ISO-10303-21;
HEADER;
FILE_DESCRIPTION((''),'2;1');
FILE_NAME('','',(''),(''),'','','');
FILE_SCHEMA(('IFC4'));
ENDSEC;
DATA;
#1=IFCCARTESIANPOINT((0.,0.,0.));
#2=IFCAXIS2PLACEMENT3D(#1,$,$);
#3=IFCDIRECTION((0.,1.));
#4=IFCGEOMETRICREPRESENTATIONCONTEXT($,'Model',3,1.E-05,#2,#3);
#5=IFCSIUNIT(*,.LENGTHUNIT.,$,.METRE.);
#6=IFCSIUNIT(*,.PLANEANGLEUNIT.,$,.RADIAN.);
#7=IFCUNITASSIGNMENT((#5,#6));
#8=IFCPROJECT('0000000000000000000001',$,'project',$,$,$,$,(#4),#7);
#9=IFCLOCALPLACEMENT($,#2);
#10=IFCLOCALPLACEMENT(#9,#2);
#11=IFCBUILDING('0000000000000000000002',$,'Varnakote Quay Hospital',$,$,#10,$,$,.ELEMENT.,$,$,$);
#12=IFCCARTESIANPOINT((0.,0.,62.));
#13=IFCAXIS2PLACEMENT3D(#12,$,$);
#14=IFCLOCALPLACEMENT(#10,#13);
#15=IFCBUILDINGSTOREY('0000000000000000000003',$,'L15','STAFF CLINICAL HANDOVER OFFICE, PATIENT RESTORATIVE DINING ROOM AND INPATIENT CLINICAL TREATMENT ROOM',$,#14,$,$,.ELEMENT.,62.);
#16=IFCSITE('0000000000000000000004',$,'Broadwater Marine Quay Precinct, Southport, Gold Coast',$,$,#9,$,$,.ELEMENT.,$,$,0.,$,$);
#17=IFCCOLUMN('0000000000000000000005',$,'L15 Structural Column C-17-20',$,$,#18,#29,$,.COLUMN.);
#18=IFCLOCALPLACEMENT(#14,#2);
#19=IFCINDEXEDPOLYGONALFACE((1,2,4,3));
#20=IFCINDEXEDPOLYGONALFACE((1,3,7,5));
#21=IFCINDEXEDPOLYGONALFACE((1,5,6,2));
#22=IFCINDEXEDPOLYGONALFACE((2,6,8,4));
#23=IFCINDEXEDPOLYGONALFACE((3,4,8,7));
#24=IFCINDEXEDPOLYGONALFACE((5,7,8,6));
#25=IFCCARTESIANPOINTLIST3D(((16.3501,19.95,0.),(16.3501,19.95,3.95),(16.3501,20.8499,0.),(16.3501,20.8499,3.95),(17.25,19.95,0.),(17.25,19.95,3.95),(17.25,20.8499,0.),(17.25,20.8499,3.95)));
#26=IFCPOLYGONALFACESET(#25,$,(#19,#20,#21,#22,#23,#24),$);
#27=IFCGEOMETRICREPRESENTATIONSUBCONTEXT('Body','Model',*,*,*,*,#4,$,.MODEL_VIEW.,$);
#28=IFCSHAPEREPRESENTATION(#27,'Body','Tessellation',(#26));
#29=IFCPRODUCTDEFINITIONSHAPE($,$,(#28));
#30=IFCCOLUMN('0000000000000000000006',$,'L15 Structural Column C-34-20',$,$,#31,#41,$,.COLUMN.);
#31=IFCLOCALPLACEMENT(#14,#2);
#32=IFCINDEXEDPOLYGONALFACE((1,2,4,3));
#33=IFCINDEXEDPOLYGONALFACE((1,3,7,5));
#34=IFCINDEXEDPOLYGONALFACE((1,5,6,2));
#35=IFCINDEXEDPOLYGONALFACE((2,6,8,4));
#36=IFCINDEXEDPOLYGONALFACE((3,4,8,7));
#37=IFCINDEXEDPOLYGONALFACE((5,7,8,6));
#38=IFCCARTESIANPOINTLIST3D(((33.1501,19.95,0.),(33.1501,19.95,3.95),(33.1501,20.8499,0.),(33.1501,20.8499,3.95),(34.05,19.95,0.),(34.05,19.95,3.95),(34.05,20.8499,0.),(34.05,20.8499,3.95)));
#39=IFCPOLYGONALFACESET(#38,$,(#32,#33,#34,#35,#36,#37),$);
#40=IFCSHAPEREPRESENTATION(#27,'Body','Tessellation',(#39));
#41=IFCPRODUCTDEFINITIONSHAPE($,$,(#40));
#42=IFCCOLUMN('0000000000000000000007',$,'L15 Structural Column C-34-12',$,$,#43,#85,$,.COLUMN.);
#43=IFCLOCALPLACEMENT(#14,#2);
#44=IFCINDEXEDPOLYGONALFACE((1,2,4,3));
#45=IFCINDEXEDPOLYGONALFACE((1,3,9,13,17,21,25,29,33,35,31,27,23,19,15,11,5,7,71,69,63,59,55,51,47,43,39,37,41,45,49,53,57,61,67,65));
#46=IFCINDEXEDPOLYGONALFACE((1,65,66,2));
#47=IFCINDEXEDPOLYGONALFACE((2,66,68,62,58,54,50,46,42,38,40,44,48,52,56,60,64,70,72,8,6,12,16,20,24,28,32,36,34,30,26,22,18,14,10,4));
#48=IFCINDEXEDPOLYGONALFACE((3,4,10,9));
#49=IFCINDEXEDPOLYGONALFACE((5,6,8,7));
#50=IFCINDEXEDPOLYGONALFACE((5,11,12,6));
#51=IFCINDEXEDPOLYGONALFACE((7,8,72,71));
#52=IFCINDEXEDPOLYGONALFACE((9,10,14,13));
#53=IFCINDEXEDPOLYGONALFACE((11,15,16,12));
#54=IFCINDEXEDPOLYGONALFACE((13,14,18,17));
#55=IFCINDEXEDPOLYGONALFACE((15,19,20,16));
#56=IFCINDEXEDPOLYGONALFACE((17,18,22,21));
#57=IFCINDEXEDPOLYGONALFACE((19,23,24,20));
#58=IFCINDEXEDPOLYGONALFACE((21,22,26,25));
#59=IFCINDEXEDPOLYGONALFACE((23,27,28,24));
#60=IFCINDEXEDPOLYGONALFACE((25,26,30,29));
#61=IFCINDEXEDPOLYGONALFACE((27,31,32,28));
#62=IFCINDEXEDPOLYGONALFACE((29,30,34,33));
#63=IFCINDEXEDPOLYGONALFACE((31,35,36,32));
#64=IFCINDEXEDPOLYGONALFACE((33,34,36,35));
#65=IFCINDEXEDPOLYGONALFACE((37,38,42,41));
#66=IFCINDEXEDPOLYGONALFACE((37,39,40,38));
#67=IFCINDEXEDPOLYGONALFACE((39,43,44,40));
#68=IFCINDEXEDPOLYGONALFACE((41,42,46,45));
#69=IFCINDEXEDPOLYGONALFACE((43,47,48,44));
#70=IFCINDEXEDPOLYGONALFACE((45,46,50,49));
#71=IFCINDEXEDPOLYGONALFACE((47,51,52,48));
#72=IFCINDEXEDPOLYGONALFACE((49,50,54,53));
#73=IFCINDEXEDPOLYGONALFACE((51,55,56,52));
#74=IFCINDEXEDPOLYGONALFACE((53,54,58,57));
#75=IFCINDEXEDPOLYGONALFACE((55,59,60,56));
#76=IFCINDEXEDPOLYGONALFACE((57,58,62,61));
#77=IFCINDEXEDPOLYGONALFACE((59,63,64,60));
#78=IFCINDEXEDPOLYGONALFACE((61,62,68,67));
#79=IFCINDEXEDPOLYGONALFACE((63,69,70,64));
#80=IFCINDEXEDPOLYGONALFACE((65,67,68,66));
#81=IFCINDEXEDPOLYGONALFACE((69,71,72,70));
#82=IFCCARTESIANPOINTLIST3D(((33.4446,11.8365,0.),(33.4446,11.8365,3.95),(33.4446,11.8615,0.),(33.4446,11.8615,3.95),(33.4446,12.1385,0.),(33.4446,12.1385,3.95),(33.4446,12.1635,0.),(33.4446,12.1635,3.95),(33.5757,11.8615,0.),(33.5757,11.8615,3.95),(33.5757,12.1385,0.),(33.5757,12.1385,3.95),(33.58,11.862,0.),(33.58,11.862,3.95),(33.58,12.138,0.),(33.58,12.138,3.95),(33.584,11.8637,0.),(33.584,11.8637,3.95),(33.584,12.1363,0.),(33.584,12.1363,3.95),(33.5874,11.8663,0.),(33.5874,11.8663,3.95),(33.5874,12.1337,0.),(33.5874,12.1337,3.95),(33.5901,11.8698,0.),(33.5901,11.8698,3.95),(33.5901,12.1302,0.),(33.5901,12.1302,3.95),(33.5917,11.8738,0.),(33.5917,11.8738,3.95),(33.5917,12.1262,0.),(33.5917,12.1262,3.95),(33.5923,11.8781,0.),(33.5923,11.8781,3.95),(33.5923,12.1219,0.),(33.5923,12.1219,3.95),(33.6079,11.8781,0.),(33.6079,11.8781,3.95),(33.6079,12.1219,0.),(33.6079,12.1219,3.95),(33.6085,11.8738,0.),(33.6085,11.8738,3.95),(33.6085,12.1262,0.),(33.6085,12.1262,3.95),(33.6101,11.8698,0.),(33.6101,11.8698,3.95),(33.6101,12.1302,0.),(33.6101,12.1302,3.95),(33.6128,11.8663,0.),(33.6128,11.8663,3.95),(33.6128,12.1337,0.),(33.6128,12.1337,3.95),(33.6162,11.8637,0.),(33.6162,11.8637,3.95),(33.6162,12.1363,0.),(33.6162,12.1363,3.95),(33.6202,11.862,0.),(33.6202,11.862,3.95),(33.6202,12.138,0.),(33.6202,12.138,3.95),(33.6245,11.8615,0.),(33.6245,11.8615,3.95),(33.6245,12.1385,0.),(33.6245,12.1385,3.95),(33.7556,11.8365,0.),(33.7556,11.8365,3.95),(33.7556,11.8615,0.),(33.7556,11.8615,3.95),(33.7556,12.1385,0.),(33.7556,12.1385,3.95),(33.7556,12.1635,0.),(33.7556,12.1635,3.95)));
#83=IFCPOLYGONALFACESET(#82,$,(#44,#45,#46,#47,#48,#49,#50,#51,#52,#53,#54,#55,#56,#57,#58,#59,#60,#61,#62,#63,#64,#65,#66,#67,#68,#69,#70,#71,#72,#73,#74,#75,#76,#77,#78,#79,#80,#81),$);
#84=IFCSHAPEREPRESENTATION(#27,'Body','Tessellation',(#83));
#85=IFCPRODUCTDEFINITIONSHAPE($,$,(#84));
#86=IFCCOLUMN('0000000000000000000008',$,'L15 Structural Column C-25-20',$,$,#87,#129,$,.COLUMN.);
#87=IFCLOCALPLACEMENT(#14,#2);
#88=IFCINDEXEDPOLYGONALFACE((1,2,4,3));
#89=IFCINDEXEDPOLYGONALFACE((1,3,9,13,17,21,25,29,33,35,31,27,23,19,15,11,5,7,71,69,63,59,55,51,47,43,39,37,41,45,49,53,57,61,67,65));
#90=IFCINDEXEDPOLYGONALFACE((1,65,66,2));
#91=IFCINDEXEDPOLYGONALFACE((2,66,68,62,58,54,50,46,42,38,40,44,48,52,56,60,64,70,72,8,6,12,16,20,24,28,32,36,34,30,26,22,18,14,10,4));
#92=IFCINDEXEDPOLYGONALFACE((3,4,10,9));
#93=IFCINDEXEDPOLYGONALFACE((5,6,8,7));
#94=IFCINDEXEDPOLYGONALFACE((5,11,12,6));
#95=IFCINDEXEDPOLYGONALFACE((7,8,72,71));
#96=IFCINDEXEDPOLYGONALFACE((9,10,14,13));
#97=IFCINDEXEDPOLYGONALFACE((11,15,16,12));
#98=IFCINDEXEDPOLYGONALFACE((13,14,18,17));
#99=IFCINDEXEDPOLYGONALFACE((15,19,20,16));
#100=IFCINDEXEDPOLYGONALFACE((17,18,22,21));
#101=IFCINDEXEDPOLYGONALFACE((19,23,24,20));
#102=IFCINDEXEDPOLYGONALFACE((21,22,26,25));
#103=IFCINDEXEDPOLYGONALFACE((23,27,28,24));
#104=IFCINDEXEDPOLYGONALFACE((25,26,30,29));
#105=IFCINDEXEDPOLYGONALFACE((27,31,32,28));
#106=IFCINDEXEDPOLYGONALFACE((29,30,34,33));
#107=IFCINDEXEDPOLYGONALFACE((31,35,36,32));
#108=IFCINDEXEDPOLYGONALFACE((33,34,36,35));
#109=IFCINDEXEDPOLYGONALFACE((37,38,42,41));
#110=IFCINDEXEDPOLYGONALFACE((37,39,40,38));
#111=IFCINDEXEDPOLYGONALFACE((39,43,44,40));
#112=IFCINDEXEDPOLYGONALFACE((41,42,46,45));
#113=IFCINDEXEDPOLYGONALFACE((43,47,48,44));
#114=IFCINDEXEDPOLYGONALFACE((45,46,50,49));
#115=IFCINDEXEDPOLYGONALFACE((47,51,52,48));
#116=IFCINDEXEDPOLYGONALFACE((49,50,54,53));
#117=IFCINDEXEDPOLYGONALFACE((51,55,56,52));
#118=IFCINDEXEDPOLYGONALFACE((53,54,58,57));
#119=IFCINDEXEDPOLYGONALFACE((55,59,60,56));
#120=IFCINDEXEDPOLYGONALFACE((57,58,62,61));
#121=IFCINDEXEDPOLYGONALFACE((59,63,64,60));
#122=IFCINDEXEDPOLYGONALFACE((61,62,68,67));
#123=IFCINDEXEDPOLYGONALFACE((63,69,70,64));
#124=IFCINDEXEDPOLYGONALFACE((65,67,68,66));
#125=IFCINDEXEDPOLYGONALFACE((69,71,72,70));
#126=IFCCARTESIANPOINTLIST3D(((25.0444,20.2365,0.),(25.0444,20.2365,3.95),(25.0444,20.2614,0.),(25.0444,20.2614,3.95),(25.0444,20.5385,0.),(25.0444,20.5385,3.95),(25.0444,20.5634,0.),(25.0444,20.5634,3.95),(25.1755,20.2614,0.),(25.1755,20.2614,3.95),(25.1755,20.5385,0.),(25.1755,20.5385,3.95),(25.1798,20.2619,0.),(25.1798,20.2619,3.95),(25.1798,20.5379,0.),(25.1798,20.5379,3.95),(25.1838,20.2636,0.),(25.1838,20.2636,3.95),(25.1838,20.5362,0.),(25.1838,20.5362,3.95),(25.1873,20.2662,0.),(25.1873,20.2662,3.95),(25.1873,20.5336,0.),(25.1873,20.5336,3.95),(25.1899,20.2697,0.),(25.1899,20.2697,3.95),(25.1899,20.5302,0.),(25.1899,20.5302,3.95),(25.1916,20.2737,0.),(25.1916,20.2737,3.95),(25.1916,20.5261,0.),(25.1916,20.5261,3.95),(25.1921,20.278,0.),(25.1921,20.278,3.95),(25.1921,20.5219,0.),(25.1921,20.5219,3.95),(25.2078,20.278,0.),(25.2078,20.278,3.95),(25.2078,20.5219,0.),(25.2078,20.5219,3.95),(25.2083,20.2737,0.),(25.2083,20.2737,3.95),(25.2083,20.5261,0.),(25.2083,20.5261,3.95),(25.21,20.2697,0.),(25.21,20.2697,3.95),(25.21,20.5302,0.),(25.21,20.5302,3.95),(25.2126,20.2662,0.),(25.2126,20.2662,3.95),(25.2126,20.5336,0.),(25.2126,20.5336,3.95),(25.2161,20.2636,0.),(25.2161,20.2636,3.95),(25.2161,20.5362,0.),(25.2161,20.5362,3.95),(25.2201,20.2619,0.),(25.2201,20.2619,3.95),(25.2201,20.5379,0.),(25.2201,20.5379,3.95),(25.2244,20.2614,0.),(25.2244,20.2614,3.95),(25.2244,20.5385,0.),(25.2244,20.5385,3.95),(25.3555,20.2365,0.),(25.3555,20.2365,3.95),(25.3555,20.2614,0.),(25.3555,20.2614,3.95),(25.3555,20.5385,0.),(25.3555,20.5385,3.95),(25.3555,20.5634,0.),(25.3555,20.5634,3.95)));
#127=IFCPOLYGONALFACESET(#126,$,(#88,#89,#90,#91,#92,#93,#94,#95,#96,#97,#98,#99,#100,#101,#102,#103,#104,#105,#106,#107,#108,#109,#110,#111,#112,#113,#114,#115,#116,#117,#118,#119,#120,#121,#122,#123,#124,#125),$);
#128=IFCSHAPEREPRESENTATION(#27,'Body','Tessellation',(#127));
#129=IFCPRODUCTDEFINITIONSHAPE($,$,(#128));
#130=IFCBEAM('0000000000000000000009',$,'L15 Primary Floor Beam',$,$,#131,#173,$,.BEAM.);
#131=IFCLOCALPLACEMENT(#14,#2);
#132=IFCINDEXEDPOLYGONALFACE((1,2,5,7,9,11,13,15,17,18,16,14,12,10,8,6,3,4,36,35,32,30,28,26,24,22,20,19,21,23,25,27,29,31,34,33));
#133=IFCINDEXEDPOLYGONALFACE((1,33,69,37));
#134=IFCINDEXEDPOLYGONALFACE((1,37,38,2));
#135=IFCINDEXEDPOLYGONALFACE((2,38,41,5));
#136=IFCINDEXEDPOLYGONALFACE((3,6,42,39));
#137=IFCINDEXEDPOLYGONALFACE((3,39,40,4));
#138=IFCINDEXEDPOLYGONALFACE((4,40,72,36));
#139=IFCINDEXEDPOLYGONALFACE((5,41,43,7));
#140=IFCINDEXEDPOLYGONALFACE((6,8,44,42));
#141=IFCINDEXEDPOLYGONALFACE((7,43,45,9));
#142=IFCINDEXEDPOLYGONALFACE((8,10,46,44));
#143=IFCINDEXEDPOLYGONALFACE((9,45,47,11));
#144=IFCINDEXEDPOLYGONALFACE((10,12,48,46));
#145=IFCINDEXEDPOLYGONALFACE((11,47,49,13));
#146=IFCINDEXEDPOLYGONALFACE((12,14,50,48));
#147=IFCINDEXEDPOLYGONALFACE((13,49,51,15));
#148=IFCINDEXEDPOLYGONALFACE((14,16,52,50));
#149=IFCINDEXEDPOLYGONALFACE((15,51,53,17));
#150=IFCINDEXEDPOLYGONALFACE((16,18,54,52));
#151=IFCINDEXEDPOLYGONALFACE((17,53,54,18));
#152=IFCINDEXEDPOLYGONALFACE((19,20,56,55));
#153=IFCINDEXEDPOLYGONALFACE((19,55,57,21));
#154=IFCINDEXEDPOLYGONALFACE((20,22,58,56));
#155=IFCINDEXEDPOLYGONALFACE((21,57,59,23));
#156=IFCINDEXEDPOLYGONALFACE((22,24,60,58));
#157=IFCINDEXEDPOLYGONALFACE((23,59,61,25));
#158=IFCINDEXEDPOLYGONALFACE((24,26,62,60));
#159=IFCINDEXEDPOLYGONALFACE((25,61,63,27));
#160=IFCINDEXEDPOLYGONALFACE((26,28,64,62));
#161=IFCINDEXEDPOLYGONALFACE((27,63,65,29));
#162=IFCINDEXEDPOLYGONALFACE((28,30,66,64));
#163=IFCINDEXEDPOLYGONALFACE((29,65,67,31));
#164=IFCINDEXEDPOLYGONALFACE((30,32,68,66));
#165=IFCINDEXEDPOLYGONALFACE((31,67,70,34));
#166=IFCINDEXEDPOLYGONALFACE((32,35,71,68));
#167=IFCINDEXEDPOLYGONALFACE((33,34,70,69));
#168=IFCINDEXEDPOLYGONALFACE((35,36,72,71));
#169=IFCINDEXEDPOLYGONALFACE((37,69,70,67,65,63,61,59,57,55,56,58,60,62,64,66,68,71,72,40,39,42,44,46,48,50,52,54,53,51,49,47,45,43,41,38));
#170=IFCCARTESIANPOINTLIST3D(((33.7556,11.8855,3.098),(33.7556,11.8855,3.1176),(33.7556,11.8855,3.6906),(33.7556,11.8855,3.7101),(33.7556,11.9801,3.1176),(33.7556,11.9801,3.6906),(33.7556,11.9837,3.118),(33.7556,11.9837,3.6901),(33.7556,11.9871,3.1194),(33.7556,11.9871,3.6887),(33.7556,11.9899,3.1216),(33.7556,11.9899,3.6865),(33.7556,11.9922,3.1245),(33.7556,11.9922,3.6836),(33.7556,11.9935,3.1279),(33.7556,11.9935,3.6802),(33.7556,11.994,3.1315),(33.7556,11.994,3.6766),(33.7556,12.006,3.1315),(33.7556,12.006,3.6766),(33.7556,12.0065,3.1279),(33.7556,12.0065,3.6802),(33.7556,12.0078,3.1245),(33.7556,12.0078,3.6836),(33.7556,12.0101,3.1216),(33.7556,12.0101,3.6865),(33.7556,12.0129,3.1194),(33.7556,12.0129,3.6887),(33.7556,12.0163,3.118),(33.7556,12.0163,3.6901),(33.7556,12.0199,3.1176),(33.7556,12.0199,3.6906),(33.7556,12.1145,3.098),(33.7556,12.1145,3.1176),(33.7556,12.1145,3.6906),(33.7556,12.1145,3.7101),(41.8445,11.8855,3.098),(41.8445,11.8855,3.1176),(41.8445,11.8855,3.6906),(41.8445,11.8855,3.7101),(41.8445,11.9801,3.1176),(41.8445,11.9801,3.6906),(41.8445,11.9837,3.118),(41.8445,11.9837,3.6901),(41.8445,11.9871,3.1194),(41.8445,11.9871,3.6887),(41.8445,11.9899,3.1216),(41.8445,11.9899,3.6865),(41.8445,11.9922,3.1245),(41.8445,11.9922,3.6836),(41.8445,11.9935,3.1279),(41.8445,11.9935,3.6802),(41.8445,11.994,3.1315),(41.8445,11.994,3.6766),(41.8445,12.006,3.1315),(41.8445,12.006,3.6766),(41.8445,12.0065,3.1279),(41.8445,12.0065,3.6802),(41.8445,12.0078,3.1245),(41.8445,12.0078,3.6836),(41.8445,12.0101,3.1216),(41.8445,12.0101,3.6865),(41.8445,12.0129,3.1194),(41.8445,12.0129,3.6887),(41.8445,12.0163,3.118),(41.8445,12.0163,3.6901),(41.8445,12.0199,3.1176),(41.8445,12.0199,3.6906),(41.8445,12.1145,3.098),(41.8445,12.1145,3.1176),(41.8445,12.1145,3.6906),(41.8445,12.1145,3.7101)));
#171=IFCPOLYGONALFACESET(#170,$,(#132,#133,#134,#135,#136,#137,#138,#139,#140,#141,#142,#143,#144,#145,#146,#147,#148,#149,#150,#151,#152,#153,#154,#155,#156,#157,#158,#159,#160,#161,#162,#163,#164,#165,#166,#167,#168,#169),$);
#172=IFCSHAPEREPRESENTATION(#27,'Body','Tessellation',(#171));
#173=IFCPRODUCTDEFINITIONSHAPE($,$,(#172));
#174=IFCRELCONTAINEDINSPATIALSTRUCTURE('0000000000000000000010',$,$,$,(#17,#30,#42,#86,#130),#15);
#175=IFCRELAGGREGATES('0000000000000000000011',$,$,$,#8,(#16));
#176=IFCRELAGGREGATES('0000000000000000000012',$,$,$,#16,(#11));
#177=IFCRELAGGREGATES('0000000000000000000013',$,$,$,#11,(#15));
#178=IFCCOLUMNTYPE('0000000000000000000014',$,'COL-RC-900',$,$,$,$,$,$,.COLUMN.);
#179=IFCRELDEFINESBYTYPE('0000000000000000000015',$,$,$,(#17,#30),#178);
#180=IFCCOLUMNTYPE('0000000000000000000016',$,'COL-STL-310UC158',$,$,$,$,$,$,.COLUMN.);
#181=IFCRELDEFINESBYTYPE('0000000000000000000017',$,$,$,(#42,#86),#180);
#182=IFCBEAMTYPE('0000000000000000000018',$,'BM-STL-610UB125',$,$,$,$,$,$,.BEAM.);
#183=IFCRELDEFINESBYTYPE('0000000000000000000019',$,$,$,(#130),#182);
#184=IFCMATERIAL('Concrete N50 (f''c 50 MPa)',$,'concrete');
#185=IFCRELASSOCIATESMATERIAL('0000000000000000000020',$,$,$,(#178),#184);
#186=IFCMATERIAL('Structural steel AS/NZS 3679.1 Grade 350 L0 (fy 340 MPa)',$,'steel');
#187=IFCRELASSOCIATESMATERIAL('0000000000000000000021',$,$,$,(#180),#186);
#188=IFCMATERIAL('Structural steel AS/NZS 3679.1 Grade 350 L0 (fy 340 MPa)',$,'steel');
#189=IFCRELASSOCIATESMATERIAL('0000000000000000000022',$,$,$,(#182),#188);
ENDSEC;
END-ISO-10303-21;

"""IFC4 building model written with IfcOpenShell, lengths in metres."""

from ifc_helpers import new_model, si_unit, direction, frame, origin, origin_2d, place, context, subcontext, project, spatial, rectangle, i_section, extrude, material, material_profile, profile_set, type_object, element, save


model = new_model("IFC4")

# Units and contexts
model_context = context("Model", 3, precision=1e-05, world=origin(), true_north=direction((0.0, 1.0)))
body_context = subcontext(model_context, "Body", "Model", "MODEL_VIEW")
ifc_project = project(units=[si_unit("LENGTHUNIT", "METRE"), si_unit("PLANEANGLEUNIT", "RADIAN")], contexts=[model_context])

# Site, building, storey
site_placement = place(None, origin())
site = spatial("IfcSite", under=ifc_project, at=site_placement, Name="Broadwater Marine Quay Precinct, Southport, Gold Coast", CompositionType="ELEMENT", RefElevation=0.0)
building_placement = place(site_placement, origin())
building = spatial("IfcBuilding", under=site, at=building_placement, Name="Varnakote Quay Hospital", CompositionType="ELEMENT")
storey_placement = place(building_placement, frame((0.0, 0.0, 62.0)))
storey = spatial("IfcBuildingStorey", under=building, at=storey_placement, Name="L15", Description="STAFF CLINICAL HANDOVER OFFICE, PATIENT RESTORATIVE DINING ROOM AND INPATIENT CLINICAL TREATMENT ROOM", CompositionType="ELEMENT", Elevation=62.0)

# Columns
ifc_material_1 = material(Name="Concrete N50 (f'c 50 MPa)", Category="concrete")
ifc_material_profile_1 = material_profile(ifc_material_1, rectangle(XDim=0.8999, YDim=0.8999, at=origin_2d()), Name="RC-COL-900x900")
ifc_profile_set_1 = profile_set([ifc_material_profile_1], Name="Concrete N50 (f'c 50 MPa)")
column_type_1 = type_object("IfcColumnType", Name="COL-RC-900", PredefinedType="COLUMN", material=ifc_profile_set_1)
for number, where, z_axis, x_axis, name in (
    (1, (16.8, 20.3999, 0.0), (0.0, 0.0, 1.0), (1.0, 0.0, 0.0), "L15 Structural Column C-17-20"),
    (2, (33.6001, 20.3999, 0.0), (0.0, 0.0, 1.0), (1.0, 0.0, 0.0), "L15 Structural Column C-34-20"),
):
    element("IfcColumn", number, at=place(storey_placement, frame(where, z_axis=z_axis, x_axis=x_axis)), inside=storey, type_object=column_type_1, Name=name, PredefinedType="COLUMN", context=body_context, shape_type="SweptSolid", body=[
        extrude(rectangle(XDim=0.8999, YDim=0.8999, at=origin_2d()), origin(), (0.0, 0.0, 1.0), 3.95),
    ])
ifc_material_2 = material(Name="Structural steel AS/NZS 3679.1 Grade 350 L0 (fy 340 MPa)", Category="steel")
ifc_material_profile_2 = material_profile(ifc_material_2, i_section(OverallWidth=0.311, OverallDepth=0.3269, WebThickness=0.0156, FlangeThickness=0.0249, FilletRadius=0.0166, at=origin_2d()), Name="310UC158")
ifc_profile_set_2 = profile_set([ifc_material_profile_2], Name="Structural steel AS/NZS 3679.1 Grade 350 L0 (fy 340 MPa)")
column_type_2 = type_object("IfcColumnType", Name="COL-STL-310UC158", PredefinedType="COLUMN", material=ifc_profile_set_2)
for number, where, z_axis, x_axis, name in (
    (3, (33.6001, 12.0, 0.0), (0.0, 0.0, 1.0), (1.0, 0.0, 0.0), "L15 Structural Column C-34-12"),
    (4, (25.2, 20.3999, 0.0), (0.0, 0.0, 1.0), (1.0, 0.0, 0.0), "L15 Structural Column C-25-20"),
):
    element("IfcColumn", number, at=place(storey_placement, frame(where, z_axis=z_axis, x_axis=x_axis)), inside=storey, type_object=column_type_2, Name=name, PredefinedType="COLUMN", context=body_context, shape_type="SweptSolid", body=[
        extrude(i_section(OverallWidth=0.311, OverallDepth=0.3269, WebThickness=0.0156, FlangeThickness=0.0249, FilletRadius=0.0166, at=origin_2d()), origin(), (0.0, 0.0, 1.0), 3.95),
    ])

# Beam
ifc_material_3 = material(Name="Structural steel AS/NZS 3679.1 Grade 350 L0 (fy 340 MPa)", Category="steel")
ifc_material_profile_3 = material_profile(ifc_material_3, i_section(OverallWidth=0.229, OverallDepth=0.6121, WebThickness=0.012, FlangeThickness=0.0195, FilletRadius=0.0139, at=origin_2d()), Name="610UB125")
ifc_profile_set_3 = profile_set([ifc_material_profile_3], Name="Structural steel AS/NZS 3679.1 Grade 350 L0 (fy 340 MPa)")
beam_type_1 = type_object("IfcBeamType", Name="BM-STL-610UB125", PredefinedType="BEAM", material=ifc_profile_set_3)
beam_1_placement = place(storey_placement, frame((33.7556, 12.0, 3.4041), z_axis=(1.0, 0.0, 0.0), x_axis=(0.0, 1.0, 0.0)))
element("IfcBeam", 5, at=beam_1_placement, inside=storey, type_object=beam_type_1, Name="L15 Primary Floor Beam", PredefinedType="BEAM", context=body_context, shape_type="SweptSolid", body=[
    extrude(i_section(OverallWidth=0.229, OverallDepth=0.6121, WebThickness=0.012, FlangeThickness=0.0195, FilletRadius=0.0139, at=origin_2d()), origin(), (0.0, 0.0, 1.0), 8.0889),
])

save(model, "model.ifc")
